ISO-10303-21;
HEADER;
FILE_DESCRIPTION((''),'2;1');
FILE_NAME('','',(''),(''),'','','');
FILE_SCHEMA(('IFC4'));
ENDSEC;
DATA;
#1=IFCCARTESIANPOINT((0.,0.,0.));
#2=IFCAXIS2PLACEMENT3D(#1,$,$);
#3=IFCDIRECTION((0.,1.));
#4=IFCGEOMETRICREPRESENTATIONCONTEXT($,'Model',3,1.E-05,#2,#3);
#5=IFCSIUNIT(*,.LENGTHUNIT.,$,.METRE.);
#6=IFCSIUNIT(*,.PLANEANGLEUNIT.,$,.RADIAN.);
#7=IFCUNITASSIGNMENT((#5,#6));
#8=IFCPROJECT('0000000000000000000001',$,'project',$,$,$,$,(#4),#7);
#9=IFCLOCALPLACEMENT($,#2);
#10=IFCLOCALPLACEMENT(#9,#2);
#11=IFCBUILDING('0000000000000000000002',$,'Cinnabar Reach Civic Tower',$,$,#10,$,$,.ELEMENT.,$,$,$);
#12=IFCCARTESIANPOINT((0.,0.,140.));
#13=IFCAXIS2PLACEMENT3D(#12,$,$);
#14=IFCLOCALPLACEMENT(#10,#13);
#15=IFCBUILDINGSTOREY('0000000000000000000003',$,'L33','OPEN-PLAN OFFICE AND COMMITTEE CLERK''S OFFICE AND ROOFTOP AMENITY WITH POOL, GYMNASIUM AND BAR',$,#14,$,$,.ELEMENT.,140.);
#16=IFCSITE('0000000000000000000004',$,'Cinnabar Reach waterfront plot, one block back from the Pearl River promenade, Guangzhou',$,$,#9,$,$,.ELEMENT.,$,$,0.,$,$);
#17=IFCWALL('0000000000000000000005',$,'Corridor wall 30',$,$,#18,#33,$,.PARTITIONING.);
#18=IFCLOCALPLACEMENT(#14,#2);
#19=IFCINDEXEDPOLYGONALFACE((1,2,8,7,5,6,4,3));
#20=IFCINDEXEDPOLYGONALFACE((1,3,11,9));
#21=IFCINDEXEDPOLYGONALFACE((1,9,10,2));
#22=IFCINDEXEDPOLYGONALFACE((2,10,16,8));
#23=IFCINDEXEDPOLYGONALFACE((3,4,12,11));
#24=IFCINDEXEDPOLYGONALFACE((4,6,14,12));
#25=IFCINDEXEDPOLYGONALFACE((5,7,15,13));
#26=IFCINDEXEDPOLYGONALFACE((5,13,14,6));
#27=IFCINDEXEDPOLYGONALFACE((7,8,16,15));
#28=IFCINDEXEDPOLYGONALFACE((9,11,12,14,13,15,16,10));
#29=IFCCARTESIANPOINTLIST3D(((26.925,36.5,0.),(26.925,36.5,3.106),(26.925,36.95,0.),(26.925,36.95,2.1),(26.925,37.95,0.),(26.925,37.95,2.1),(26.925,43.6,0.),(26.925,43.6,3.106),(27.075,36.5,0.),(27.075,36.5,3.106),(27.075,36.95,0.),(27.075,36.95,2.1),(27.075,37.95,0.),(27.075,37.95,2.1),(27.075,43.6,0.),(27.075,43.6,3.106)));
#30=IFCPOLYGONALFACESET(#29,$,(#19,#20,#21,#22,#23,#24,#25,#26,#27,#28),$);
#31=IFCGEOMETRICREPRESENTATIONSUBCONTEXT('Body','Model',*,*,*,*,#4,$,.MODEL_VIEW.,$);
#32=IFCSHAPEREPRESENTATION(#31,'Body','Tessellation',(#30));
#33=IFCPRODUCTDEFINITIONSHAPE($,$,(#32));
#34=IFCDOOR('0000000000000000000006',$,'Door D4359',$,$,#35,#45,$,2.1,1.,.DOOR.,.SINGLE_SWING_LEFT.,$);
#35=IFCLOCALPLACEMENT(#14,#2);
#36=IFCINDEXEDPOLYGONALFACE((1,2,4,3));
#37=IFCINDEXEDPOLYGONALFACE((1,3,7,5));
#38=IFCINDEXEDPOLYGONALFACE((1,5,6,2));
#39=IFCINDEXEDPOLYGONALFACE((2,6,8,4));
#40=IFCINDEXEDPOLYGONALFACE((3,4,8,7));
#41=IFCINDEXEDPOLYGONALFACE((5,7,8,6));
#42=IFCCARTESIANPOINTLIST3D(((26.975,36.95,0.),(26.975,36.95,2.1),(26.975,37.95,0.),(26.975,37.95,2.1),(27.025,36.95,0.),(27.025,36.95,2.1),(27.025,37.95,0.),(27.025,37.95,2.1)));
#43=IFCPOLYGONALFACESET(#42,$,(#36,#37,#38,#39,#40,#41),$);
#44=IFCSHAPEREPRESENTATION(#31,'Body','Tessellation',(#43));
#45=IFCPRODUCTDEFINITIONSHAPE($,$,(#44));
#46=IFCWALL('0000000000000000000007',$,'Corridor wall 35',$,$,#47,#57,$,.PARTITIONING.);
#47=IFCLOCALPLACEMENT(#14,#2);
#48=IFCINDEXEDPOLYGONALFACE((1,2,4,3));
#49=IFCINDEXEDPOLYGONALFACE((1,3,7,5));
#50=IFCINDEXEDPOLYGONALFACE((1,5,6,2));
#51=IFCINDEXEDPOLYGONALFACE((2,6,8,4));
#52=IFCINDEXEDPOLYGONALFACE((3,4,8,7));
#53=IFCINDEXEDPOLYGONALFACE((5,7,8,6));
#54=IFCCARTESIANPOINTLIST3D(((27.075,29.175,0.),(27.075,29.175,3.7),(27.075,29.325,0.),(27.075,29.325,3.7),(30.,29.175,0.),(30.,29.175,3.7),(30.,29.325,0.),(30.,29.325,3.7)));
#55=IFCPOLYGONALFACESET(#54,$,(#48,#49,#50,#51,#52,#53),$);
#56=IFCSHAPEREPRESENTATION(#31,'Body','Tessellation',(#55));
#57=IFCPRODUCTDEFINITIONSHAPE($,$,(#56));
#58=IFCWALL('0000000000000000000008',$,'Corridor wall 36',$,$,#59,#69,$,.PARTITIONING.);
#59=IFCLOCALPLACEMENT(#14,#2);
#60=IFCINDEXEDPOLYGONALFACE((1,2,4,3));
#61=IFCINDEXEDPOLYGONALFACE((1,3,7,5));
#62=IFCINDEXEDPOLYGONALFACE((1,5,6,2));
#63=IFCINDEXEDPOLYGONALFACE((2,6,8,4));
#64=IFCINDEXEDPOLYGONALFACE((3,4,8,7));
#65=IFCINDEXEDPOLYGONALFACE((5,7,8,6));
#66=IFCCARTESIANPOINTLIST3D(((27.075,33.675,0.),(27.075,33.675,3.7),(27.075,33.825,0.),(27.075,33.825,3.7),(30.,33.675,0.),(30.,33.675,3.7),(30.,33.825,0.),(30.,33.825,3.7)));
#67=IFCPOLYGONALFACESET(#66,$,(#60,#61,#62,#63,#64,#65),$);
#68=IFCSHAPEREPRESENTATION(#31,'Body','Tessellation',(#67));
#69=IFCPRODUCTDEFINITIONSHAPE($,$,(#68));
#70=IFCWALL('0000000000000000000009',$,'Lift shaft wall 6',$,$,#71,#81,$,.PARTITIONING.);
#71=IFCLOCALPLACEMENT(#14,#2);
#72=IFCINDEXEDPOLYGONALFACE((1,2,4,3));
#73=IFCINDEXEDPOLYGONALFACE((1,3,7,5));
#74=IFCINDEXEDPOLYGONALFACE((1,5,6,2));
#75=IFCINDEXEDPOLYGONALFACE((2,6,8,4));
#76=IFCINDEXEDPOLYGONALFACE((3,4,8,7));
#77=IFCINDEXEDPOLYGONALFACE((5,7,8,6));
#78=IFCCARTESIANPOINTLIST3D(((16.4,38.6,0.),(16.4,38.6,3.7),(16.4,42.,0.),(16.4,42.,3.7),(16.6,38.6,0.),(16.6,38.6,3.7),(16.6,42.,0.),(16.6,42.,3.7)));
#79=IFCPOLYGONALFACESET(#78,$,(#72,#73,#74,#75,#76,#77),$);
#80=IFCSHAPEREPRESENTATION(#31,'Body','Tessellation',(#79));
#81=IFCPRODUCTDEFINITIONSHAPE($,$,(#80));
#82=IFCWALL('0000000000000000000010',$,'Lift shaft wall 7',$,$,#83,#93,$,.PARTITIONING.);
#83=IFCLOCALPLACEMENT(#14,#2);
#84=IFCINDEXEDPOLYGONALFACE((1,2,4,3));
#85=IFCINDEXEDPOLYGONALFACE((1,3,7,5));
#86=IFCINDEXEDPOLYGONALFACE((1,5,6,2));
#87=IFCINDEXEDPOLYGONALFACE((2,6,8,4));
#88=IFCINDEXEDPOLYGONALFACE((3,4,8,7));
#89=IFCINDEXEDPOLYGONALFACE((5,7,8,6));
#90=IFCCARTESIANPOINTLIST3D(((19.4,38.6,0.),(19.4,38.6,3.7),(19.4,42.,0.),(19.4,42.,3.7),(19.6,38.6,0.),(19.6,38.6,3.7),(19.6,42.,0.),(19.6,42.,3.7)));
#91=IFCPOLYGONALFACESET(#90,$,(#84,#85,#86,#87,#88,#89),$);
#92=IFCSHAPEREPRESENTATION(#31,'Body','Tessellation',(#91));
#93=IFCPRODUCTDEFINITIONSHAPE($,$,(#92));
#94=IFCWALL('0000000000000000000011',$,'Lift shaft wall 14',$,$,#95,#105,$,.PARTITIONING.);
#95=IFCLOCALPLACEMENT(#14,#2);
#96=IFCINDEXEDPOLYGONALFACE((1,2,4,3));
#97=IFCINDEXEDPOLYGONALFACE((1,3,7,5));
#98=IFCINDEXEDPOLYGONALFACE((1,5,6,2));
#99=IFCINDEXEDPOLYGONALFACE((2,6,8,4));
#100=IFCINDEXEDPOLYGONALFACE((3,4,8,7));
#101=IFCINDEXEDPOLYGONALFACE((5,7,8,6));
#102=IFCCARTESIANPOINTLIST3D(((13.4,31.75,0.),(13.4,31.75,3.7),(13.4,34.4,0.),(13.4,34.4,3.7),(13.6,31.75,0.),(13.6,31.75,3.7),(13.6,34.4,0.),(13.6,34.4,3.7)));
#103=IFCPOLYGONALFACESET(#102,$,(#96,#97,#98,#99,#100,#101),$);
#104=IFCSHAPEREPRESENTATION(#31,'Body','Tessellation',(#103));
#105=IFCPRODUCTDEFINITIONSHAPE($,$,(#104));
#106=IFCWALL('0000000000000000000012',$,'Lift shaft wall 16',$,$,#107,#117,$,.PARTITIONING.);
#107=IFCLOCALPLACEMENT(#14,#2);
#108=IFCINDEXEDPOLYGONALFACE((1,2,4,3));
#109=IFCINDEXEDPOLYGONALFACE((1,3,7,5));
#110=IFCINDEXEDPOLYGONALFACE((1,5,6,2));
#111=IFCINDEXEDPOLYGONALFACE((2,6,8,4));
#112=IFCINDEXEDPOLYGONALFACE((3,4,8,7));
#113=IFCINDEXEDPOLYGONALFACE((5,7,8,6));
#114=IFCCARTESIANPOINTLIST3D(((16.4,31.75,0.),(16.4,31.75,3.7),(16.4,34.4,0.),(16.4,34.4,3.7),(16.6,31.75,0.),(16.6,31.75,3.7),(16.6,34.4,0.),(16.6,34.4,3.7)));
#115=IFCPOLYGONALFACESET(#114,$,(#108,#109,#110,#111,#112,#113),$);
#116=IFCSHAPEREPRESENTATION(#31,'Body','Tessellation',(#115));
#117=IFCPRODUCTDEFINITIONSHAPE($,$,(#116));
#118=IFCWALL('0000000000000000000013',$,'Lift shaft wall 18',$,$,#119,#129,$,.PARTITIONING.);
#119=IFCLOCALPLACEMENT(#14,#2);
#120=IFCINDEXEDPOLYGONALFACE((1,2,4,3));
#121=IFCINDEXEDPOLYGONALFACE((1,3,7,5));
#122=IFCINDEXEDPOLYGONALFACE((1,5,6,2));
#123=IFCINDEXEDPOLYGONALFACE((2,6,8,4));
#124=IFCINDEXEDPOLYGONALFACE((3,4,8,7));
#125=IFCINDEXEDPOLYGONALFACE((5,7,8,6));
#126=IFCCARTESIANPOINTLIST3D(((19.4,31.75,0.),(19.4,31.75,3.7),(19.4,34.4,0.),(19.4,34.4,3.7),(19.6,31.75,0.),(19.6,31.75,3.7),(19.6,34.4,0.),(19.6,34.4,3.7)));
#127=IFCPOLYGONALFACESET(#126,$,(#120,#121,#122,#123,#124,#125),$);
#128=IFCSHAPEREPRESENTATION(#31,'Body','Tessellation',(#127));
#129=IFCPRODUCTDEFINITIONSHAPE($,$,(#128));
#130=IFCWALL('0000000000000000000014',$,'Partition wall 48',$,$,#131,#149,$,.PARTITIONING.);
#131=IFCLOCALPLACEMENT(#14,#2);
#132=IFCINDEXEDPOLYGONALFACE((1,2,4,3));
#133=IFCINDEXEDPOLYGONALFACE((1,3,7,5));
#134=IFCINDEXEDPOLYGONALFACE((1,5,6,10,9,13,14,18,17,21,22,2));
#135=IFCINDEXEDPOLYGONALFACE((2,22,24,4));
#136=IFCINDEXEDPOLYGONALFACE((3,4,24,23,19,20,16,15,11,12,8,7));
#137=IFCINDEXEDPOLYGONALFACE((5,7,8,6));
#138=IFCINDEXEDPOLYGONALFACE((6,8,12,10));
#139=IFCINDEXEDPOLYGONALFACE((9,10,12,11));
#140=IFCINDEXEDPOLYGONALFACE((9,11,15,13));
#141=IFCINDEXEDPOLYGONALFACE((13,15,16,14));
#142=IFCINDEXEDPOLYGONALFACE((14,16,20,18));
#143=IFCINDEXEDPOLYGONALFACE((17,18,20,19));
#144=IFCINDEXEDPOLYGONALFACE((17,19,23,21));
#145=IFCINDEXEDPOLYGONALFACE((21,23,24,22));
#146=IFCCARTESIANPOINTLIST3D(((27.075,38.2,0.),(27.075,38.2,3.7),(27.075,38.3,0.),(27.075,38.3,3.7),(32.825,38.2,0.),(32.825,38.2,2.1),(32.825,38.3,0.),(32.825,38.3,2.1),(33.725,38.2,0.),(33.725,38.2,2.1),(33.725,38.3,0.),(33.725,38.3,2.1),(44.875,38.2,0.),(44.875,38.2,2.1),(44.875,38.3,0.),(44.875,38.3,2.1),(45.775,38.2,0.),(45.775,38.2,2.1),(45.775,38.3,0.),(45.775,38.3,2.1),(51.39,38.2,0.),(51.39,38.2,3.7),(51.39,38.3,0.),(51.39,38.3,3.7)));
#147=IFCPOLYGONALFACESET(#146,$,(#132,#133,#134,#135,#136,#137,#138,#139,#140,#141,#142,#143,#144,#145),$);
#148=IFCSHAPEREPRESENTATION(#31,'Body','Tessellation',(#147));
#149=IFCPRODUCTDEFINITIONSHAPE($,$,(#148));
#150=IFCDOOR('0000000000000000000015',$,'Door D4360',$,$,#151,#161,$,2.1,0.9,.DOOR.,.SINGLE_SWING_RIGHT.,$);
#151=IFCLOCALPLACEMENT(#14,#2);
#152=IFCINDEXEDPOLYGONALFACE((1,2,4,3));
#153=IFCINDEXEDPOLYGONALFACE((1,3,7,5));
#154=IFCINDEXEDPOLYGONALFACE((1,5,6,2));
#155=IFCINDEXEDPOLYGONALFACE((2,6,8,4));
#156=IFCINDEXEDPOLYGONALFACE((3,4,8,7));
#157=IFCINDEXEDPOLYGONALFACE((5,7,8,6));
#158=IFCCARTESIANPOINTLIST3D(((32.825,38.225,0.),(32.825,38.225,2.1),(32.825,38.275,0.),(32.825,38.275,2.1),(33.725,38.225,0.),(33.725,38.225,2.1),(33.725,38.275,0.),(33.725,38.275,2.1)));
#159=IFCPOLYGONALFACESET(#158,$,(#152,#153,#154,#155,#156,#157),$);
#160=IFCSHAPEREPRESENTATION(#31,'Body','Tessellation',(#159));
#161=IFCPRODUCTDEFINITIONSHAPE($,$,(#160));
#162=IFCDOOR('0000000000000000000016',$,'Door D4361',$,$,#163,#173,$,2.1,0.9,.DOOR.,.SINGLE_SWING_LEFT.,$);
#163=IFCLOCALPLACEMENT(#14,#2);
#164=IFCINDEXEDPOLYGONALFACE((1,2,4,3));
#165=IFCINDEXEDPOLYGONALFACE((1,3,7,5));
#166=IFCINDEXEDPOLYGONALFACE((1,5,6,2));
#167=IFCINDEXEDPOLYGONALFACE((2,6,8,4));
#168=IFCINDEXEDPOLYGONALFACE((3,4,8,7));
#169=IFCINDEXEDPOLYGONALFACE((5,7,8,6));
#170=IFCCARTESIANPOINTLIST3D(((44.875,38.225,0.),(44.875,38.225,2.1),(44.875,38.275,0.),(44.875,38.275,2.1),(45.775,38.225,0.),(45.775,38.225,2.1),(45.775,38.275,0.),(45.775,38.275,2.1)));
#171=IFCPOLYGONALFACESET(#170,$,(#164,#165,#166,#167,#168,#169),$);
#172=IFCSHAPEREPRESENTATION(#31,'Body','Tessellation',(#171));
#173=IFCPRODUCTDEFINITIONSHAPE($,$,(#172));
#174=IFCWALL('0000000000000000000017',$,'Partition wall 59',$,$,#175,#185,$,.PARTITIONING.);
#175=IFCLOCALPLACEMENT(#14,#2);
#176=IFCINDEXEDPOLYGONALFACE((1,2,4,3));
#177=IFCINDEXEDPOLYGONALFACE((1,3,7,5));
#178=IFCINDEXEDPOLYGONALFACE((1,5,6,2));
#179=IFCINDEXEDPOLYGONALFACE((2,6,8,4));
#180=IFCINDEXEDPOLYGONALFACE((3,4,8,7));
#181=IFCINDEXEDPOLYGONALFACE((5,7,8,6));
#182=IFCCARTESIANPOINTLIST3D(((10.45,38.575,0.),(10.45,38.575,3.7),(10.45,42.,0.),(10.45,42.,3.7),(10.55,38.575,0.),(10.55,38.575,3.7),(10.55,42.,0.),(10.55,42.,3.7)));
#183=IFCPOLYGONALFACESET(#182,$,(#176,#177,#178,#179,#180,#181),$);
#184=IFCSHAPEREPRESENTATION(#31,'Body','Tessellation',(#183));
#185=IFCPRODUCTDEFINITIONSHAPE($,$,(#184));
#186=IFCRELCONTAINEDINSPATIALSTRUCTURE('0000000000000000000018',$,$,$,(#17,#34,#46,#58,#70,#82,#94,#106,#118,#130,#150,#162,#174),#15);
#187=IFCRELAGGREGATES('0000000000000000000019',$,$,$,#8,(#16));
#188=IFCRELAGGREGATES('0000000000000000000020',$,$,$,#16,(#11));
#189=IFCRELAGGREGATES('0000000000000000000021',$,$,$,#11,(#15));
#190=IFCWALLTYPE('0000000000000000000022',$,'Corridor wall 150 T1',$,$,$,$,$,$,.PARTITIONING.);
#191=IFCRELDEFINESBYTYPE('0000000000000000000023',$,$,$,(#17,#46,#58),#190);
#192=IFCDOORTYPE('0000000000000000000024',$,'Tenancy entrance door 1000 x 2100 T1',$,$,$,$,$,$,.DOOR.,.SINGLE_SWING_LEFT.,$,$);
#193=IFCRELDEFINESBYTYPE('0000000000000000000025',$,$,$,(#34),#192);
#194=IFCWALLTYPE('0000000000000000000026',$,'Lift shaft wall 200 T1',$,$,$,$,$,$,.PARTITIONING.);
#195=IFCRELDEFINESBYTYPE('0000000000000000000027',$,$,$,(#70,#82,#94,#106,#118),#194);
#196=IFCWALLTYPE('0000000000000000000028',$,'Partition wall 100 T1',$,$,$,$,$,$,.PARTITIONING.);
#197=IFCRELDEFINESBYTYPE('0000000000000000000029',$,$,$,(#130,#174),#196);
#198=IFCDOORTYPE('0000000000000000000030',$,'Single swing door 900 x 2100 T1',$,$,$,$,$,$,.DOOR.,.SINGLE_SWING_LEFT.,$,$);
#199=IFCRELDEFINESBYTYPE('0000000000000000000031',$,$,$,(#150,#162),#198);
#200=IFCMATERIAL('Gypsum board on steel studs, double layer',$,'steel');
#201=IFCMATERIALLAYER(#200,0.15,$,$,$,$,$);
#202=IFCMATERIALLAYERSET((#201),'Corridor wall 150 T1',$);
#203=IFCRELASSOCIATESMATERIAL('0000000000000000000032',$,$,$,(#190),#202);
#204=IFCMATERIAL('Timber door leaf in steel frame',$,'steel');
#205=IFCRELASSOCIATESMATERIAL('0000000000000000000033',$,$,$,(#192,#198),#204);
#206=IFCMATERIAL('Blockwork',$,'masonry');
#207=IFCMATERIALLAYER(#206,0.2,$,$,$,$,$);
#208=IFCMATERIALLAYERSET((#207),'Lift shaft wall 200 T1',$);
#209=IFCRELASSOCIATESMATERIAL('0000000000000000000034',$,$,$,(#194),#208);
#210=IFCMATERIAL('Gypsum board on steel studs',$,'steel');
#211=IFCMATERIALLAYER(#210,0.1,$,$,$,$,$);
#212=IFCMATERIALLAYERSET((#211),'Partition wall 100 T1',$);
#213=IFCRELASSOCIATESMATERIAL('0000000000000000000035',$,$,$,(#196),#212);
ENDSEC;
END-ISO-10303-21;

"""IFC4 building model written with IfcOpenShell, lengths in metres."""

from ifc_helpers import new_model, si_unit, direction, frame, frame_2d, origin, place, context, subcontext, project, spatial, rectangle, extrude, material, layer, layer_set, type_object, element, fill, save


model = new_model("IFC4")

# Units and contexts
model_context = context("Model", 3, precision=1e-05, world=origin(), true_north=direction((0.0, 1.0)))
body_context = subcontext(model_context, "Body", "Model", "MODEL_VIEW")
ifc_project = project(units=[si_unit("LENGTHUNIT", "METRE"), si_unit("PLANEANGLEUNIT", "RADIAN")], contexts=[model_context])

# Site, building, storey
site_placement = place(None, origin())
site = spatial("IfcSite", under=ifc_project, at=site_placement, Name="Cinnabar Reach waterfront plot, one block back from the Pearl River promenade, Guangzhou", CompositionType="ELEMENT", RefElevation=0.0)
building_placement = place(site_placement, origin())
building = spatial("IfcBuilding", under=site, at=building_placement, Name="Cinnabar Reach Civic Tower", CompositionType="ELEMENT")
storey_placement = place(building_placement, frame((0.0, 0.0, 140.0)))
storey = spatial("IfcBuildingStorey", under=building, at=storey_placement, Name="L33", Description="OPEN-PLAN OFFICE AND COMMITTEE CLERK'S OFFICE AND ROOFTOP AMENITY WITH POOL, GYMNASIUM AND BAR", CompositionType="ELEMENT", Elevation=140.0)

# Shared definitions
ifc_material_1 = material(Name="Timber door leaf in steel frame", Category="steel")

# Shared definitions
ifc_material_2 = material(Name="Gypsum board on steel studs, double layer", Category="steel")
ifc_layer_1 = layer(ifc_material_2, 0.15)
ifc_layer_set_1 = layer_set([ifc_layer_1], Name="Corridor wall 150 T1")
wall_type_1 = type_object("IfcWallType", Name="Corridor wall 150 T1", PredefinedType="PARTITIONING", material=ifc_layer_set_1)

# Wall, opening, door
wall_1_placement = place(storey_placement, frame((27.0, 36.5, 0.0), z_axis=(0.0, 0.0, 1.0), x_axis=(0.0, 1.0, 0.0)))
wall_1 = element("IfcWall", 1, at=wall_1_placement, inside=storey, type_object=wall_type_1, Name="Corridor wall 30", PredefinedType="PARTITIONING", context=body_context, shape_type="SweptSolid", body=[
    extrude(rectangle(XDim=7.1, YDim=0.15, at=frame_2d((3.55, 0.0))), origin(), (0.0, 0.0, 1.0), 3.106),
])
opening_1_placement = place(wall_1_placement, frame((0.45, 0.0, 0.0)))
opening_1 = element("IfcOpeningElement", 2, at=opening_1_placement, cuts=wall_1, PredefinedType="OPENING", context=body_context, shape_type="SweptSolid", body=[
    extrude(rectangle(XDim=1.0, YDim=2.1, at=frame_2d((0.5, 1.05))), frame((0.0, 0.085, 0.0), z_axis=(0.0, -1.0, 0.0), x_axis=(1.0, 0.0, 0.0)), (0.0, 0.0, 1.0), 0.17),
])
door_type_1 = type_object("IfcDoorType", Name="Tenancy entrance door 1000 x 2100 T1", OperationType="SINGLE_SWING_LEFT", PredefinedType="DOOR", material=ifc_material_1)
door_1_placement = place(opening_1_placement, frame((1.0, 0.0, 0.0), z_axis=(0.0, 0.0, 1.0), x_axis=(-1.0, 0.0, 0.0)))
door_1 = element("IfcDoor", 3, at=door_1_placement, inside=storey, type_object=door_type_1, Name="Door D4359", OperationType="SINGLE_SWING_LEFT", OverallHeight=2.1, OverallWidth=1.0, PredefinedType="DOOR", context=body_context, shape_type="SweptSolid", body=[
    extrude(rectangle(XDim=1.0, YDim=2.1, at=frame_2d((0.5, 1.05))), frame((0.0, 0.025, 0.0), z_axis=(0.0, -1.0, 0.0), x_axis=(1.0, 0.0, 0.0)), (0.0, 0.0, 1.0), 0.05),
])
fill(opening_1, door_1)

# Walls
for number, where, z_axis, x_axis, name in (
    (4, (27.075, 29.25, 0.0), (0.0, 0.0, 1.0), (1.0, 0.0, 0.0), "Corridor wall 35"),
    (5, (27.075, 33.75, 0.0), (0.0, 0.0, 1.0), (1.0, 0.0, 0.0), "Corridor wall 36"),
):
    element("IfcWall", number, at=place(storey_placement, frame(where, z_axis=z_axis, x_axis=x_axis)), inside=storey, type_object=wall_type_1, Name=name, PredefinedType="PARTITIONING", context=body_context, shape_type="SweptSolid", body=[
        extrude(rectangle(XDim=2.925, YDim=0.15, at=frame_2d((1.4625, 0.0))), origin(), (0.0, 0.0, 1.0), 3.7),
    ])
ifc_material_3 = material(Name="Blockwork", Category="masonry")
ifc_layer_2 = layer(ifc_material_3, 0.2)
ifc_layer_set_2 = layer_set([ifc_layer_2], Name="Lift shaft wall 200 T1")
wall_type_2 = type_object("IfcWallType", Name="Lift shaft wall 200 T1", PredefinedType="PARTITIONING", material=ifc_layer_set_2)
for number, where, z_axis, x_axis, name in (
    (6, (16.5, 38.6, 0.0), (0.0, 0.0, 1.0), (0.0, 1.0, 0.0), "Lift shaft wall 6"),
    (7, (19.5, 38.6, 0.0), (0.0, 0.0, 1.0), (0.0, 1.0, 0.0), "Lift shaft wall 7"),
):
    element("IfcWall", number, at=place(storey_placement, frame(where, z_axis=z_axis, x_axis=x_axis)), inside=storey, type_object=wall_type_2, Name=name, PredefinedType="PARTITIONING", context=body_context, shape_type="SweptSolid", body=[
        extrude(rectangle(XDim=3.4, YDim=0.2, at=frame_2d((1.7, 0.0))), origin(), (0.0, 0.0, 1.0), 3.7),
    ])
for number, where, z_axis, x_axis, name in (
    (8, (13.5, 31.75, 0.0), (0.0, 0.0, 1.0), (0.0, 1.0, 0.0), "Lift shaft wall 14"),
    (9, (16.5, 31.75, 0.0), (0.0, 0.0, 1.0), (0.0, 1.0, 0.0), "Lift shaft wall 16"),
    (10, (19.5, 31.75, 0.0), (0.0, 0.0, 1.0), (0.0, 1.0, 0.0), "Lift shaft wall 18"),
):
    element("IfcWall", number, at=place(storey_placement, frame(where, z_axis=z_axis, x_axis=x_axis)), inside=storey, type_object=wall_type_2, Name=name, PredefinedType="PARTITIONING", context=body_context, shape_type="SweptSolid", body=[
        extrude(rectangle(XDim=2.65, YDim=0.2, at=frame_2d((1.325, 0.0))), origin(), (0.0, 0.0, 1.0), 3.7),
    ])

# Wall, openings, doors
ifc_material_4 = material(Name="Gypsum board on steel studs", Category="steel")
ifc_layer_3 = layer(ifc_material_4, 0.1)
ifc_layer_set_3 = layer_set([ifc_layer_3], Name="Partition wall 100 T1")
wall_type_3 = type_object("IfcWallType", Name="Partition wall 100 T1", PredefinedType="PARTITIONING", material=ifc_layer_set_3)
wall_2_placement = place(storey_placement, frame((27.075, 38.25, 0.0), z_axis=(0.0, 0.0, 1.0), x_axis=(1.0, 0.0, 0.0)))
wall_2 = element("IfcWall", 11, at=wall_2_placement, inside=storey, type_object=wall_type_3, Name="Partition wall 48", PredefinedType="PARTITIONING", context=body_context, shape_type="SweptSolid", body=[
    extrude(rectangle(XDim=24.315, YDim=0.1, at=frame_2d((12.1575, 0.0))), origin(), (0.0, 0.0, 1.0), 3.7),
])
opening_2_placement = place(wall_2_placement, frame((5.75, 0.0, 0.0)))
opening_2 = element("IfcOpeningElement", 12, at=opening_2_placement, cuts=wall_2, PredefinedType="OPENING", context=body_context, shape_type="SweptSolid", body=[
    extrude(rectangle(XDim=0.9, YDim=2.1, at=frame_2d((0.45, 1.05))), frame((0.0, 0.06, 0.0), z_axis=(0.0, -1.0, 0.0), x_axis=(1.0, 0.0, 0.0)), (0.0, 0.0, 1.0), 0.12),
])
opening_3_placement = place(wall_2_placement, frame((17.8, 0.0, 0.0)))
opening_3 = element("IfcOpeningElement", 13, at=opening_3_placement, cuts=wall_2, PredefinedType="OPENING", context=body_context, shape_type="SweptSolid", body=[
    extrude(rectangle(XDim=0.9, YDim=2.1, at=frame_2d((0.45, 1.05))), frame((0.0, 0.06, 0.0), z_axis=(0.0, -1.0, 0.0), x_axis=(1.0, 0.0, 0.0)), (0.0, 0.0, 1.0), 0.12),
])
door_type_2 = type_object("IfcDoorType", Name="Single swing door 900 x 2100 T1", OperationType="SINGLE_SWING_LEFT", PredefinedType="DOOR", material=ifc_material_1)
door_2_placement = place(opening_2_placement, origin())
door_2 = element("IfcDoor", 14, at=door_2_placement, inside=storey, type_object=door_type_2, Name="Door D4360", OperationType="SINGLE_SWING_RIGHT", OverallHeight=2.1, OverallWidth=0.9, PredefinedType="DOOR", context=body_context, shape_type="SweptSolid", body=[
    extrude(rectangle(XDim=0.9, YDim=2.1, at=frame_2d((0.45, 1.05))), frame((0.0, 0.025, 0.0), z_axis=(0.0, -1.0, 0.0), x_axis=(1.0, 0.0, 0.0)), (0.0, 0.0, 1.0), 0.05),
])
fill(opening_2, door_2)
door_3_placement = place(opening_3_placement, origin())
door_3 = element("IfcDoor", 15, at=door_3_placement, inside=storey, type_object=door_type_2, Name="Door D4361", OperationType="SINGLE_SWING_LEFT", OverallHeight=2.1, OverallWidth=0.9, PredefinedType="DOOR", context=body_context, shape_type="SweptSolid", body=[
    extrude(rectangle(XDim=0.9, YDim=2.1, at=frame_2d((0.45, 1.05))), frame((0.0, 0.025, 0.0), z_axis=(0.0, -1.0, 0.0), x_axis=(1.0, 0.0, 0.0)), (0.0, 0.0, 1.0), 0.05),
])
fill(opening_3, door_3)

# Wall
wall_3_placement = place(storey_placement, frame((10.5, 38.575, 0.0), z_axis=(0.0, 0.0, 1.0), x_axis=(0.0, 1.0, 0.0)))
element("IfcWall", 16, at=wall_3_placement, inside=storey, type_object=wall_type_3, Name="Partition wall 59", PredefinedType="PARTITIONING", context=body_context, shape_type="SweptSolid", body=[
    extrude(rectangle(XDim=3.425, YDim=0.1, at=frame_2d((1.7125, 0.0))), origin(), (0.0, 0.0, 1.0), 3.7),
])

save(model, "model.ifc")
